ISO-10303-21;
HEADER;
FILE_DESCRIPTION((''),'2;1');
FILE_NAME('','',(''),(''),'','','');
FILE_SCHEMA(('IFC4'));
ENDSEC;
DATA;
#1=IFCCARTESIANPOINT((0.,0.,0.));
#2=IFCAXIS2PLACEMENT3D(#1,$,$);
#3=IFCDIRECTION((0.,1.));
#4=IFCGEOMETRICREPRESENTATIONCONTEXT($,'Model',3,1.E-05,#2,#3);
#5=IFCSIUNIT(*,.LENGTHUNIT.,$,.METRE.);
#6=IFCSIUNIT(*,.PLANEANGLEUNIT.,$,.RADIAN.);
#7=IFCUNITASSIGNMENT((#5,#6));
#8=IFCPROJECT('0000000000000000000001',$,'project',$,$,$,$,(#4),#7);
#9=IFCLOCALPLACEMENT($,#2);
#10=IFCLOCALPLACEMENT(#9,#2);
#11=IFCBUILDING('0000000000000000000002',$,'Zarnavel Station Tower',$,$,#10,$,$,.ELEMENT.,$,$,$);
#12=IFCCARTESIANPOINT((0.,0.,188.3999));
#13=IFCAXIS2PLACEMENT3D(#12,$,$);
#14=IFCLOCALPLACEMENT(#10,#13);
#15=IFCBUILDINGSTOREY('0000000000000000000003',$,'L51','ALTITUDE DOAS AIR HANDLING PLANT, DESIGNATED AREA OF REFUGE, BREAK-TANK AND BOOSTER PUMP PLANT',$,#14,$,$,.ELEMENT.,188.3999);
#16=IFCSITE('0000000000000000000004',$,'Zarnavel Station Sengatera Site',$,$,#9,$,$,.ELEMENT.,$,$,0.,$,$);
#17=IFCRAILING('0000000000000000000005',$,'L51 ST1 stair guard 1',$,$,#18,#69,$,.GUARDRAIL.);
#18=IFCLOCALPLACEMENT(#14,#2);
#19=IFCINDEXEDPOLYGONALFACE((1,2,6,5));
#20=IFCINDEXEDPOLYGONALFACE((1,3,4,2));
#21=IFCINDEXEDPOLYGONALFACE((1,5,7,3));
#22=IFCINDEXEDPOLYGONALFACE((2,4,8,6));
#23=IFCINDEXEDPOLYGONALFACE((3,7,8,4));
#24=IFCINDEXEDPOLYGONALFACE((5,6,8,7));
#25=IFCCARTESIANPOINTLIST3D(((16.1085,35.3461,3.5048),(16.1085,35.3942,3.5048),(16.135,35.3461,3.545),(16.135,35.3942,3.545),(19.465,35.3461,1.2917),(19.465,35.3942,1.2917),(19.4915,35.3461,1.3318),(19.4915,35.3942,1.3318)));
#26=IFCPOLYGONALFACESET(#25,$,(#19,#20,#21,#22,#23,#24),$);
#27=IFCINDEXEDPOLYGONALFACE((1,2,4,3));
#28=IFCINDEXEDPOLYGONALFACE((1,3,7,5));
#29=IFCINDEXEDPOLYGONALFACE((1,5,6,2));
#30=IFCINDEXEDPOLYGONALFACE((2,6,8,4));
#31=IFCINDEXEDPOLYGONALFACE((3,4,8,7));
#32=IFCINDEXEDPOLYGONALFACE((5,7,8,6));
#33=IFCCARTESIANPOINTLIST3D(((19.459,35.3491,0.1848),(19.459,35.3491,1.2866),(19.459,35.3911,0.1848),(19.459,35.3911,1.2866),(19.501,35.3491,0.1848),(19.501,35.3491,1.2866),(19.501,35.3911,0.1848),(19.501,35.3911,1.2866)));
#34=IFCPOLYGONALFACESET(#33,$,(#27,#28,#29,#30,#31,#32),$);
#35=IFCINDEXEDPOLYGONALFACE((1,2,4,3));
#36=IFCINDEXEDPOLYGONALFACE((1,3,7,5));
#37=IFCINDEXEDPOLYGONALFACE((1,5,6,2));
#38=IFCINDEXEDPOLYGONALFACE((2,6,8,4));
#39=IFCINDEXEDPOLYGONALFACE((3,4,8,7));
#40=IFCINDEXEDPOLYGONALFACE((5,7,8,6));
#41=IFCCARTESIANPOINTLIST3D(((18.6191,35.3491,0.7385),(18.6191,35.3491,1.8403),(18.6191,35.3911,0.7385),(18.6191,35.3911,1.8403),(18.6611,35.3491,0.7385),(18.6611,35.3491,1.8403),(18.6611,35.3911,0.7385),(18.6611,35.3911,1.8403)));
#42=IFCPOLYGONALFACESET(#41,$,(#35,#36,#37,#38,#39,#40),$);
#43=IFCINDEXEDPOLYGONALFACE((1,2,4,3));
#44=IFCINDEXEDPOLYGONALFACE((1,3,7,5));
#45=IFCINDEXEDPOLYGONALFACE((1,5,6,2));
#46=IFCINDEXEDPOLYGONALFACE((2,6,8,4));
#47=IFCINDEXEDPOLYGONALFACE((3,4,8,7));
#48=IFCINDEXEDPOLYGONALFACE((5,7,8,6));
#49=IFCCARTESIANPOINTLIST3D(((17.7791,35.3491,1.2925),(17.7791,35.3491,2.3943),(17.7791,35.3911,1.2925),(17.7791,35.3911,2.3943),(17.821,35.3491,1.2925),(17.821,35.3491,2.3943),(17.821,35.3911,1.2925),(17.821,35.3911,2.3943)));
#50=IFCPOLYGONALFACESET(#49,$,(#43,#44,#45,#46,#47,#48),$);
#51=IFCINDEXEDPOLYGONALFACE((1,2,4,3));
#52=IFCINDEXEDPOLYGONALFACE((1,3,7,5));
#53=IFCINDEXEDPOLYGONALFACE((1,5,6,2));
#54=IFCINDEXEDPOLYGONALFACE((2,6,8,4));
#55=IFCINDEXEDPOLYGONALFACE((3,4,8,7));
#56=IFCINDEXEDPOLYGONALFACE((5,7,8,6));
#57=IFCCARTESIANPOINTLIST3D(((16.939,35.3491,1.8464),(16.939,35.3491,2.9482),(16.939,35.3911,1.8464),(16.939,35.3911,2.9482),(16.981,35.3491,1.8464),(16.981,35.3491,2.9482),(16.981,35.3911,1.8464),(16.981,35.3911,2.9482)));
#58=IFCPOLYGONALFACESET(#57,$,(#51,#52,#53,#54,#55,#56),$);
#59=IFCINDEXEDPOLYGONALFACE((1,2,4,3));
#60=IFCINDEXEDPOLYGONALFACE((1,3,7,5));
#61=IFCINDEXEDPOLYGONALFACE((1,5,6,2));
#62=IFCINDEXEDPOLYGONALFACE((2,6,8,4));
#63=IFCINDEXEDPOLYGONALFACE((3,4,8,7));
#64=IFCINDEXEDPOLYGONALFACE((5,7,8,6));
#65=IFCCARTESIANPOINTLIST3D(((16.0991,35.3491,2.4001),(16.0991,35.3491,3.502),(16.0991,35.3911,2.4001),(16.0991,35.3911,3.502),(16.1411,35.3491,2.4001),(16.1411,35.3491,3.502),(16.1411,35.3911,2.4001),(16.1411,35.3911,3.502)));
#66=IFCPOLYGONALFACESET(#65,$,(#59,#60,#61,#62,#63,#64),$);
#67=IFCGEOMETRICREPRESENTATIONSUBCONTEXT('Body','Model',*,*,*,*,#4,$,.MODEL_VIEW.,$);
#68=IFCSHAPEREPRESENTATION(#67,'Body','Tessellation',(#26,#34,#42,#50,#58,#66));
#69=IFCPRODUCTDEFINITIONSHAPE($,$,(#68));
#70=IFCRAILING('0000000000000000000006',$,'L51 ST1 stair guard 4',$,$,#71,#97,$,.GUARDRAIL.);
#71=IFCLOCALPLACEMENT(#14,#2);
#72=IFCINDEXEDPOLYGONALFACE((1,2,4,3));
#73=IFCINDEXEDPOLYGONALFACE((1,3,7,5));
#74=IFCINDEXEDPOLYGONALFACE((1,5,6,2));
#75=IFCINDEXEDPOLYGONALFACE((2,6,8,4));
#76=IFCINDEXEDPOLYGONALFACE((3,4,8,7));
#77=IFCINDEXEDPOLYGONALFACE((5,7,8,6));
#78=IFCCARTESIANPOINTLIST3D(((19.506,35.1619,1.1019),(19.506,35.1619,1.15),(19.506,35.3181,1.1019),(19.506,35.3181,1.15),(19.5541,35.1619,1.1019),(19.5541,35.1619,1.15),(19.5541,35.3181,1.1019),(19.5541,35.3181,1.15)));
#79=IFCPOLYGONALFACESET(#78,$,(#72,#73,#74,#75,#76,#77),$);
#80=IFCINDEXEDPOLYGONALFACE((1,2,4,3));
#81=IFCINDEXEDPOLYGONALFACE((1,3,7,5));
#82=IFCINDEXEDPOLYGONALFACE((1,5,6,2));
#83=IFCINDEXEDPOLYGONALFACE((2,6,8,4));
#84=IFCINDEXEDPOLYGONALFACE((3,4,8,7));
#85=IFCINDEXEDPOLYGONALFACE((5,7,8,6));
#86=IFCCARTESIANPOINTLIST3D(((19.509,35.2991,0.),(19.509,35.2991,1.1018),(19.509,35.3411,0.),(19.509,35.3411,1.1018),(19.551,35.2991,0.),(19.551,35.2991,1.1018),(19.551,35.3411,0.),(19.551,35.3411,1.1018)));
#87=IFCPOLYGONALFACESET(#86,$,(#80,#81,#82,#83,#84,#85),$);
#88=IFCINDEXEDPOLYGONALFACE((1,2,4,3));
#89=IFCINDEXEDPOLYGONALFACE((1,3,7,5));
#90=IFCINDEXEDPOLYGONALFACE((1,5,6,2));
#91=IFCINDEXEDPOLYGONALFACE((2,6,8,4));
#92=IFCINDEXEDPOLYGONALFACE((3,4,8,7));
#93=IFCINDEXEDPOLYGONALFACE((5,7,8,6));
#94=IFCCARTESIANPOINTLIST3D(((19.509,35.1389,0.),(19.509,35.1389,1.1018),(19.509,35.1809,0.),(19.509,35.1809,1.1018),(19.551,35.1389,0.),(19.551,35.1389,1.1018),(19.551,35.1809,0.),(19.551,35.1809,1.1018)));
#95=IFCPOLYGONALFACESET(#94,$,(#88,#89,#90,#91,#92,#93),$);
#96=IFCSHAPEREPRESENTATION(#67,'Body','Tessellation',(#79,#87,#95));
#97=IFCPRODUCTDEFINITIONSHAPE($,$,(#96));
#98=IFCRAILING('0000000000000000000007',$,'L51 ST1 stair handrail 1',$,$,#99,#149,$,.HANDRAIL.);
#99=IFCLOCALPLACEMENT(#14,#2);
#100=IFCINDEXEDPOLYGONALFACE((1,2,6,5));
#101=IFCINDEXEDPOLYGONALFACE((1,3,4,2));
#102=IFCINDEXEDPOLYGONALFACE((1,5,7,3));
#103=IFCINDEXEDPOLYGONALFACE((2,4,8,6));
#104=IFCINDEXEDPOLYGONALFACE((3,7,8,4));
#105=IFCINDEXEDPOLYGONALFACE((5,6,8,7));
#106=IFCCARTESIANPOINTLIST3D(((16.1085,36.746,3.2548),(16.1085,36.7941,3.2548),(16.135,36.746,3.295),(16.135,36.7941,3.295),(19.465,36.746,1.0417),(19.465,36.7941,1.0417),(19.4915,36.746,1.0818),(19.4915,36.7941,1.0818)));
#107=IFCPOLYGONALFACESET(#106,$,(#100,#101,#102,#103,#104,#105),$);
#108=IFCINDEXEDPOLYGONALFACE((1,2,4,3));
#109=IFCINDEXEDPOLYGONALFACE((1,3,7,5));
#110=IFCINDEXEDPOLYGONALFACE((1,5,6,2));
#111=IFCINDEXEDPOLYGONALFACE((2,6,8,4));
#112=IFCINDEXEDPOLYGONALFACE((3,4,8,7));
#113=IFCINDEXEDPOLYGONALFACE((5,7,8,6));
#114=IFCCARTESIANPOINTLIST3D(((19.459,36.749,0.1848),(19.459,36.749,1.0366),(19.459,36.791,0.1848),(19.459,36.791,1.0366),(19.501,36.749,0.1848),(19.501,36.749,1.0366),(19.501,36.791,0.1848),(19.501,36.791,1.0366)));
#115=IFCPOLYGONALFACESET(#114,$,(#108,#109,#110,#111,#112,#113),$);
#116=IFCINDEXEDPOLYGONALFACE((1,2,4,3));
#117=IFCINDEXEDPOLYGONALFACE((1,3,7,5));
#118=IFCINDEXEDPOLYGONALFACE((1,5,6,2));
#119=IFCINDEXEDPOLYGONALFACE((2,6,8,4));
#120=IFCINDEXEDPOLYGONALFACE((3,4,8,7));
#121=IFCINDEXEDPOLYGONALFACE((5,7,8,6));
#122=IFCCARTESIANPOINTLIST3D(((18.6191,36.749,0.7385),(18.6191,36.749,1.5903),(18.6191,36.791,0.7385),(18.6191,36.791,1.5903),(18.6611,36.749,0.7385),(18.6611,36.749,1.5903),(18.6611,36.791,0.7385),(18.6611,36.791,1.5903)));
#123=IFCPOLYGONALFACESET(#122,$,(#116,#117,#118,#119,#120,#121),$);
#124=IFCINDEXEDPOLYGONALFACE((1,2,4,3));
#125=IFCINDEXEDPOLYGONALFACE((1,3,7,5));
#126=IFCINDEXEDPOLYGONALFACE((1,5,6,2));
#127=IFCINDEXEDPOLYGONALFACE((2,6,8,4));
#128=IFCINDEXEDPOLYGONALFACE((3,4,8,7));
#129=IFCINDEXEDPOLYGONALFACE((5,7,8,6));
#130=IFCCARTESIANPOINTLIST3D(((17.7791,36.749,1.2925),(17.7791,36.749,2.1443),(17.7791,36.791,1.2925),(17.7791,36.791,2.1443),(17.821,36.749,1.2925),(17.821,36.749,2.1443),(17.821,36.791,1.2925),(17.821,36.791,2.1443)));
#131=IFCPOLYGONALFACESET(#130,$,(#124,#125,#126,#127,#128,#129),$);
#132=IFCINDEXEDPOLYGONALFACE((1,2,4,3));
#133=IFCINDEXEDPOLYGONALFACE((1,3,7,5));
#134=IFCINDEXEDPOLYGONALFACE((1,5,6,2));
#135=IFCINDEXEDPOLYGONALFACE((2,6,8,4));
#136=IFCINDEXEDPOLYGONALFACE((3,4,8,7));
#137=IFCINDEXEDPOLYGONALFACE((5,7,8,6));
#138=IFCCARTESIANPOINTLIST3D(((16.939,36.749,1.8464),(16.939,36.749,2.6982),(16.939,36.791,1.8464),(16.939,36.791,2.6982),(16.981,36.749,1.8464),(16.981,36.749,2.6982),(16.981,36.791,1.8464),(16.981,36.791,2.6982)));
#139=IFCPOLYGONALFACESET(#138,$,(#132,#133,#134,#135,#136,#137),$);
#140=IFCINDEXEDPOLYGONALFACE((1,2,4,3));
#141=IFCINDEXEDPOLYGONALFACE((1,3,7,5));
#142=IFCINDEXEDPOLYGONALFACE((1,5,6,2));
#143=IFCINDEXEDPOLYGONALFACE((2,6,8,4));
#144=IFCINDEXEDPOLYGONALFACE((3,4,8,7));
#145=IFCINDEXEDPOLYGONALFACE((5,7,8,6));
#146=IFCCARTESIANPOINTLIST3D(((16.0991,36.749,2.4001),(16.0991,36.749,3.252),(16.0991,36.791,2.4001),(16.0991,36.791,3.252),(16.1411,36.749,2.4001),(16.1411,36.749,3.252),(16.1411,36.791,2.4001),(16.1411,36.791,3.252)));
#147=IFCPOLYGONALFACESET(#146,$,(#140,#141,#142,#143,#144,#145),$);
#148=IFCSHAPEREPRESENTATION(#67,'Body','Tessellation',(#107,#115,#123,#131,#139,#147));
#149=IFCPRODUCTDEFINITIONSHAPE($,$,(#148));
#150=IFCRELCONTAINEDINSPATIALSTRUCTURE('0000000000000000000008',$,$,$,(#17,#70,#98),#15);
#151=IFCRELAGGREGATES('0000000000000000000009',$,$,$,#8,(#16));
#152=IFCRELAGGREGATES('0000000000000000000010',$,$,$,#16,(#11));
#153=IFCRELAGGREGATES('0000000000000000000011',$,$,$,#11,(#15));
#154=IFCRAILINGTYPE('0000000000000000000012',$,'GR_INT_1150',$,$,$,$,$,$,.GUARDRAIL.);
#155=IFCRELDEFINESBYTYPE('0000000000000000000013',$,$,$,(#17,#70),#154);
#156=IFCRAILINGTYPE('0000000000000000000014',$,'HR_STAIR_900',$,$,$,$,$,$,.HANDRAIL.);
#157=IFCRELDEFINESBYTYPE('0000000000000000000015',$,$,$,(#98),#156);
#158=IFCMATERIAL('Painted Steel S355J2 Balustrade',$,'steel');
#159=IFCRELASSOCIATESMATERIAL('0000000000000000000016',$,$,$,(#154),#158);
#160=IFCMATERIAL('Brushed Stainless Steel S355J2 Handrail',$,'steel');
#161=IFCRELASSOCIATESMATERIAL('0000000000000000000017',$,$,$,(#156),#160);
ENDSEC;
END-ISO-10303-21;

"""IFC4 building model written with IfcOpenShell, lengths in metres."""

from ifc_helpers import new_model, si_unit, direction, frame, origin, origin_2d, place, context, subcontext, project, spatial, rectangle, extrude, material, type_object, element, save


model = new_model("IFC4")

# Units and contexts
model_context = context("Model", 3, precision=1e-05, world=origin(), true_north=direction((0.0, 1.0)))
body_context = subcontext(model_context, "Body", "Model", "MODEL_VIEW")
ifc_project = project(units=[si_unit("LENGTHUNIT", "METRE"), si_unit("PLANEANGLEUNIT", "RADIAN")], contexts=[model_context])

# Site, building, storey
site_placement = place(None, origin())
site = spatial("IfcSite", under=ifc_project, at=site_placement, Name="Zarnavel Station Sengatera Site", CompositionType="ELEMENT", RefElevation=0.0)
building_placement = place(site_placement, origin())
building = spatial("IfcBuilding", under=site, at=building_placement, Name="Zarnavel Station Tower", CompositionType="ELEMENT")
storey_placement = place(building_placement, frame((0.0, 0.0, 188.3999)))
storey = spatial("IfcBuildingStorey", under=building, at=storey_placement, Name="L51", Description="ALTITUDE DOAS AIR HANDLING PLANT, DESIGNATED AREA OF REFUGE, BREAK-TANK AND BOOSTER PUMP PLANT", CompositionType="ELEMENT", Elevation=188.3999)

# Railings
ifc_material_1 = material(Name="Painted Steel S355J2 Balustrade", Category="steel")
railing_type_1 = type_object("IfcRailingType", Name="GR_INT_1150", PredefinedType="GUARDRAIL", material=ifc_material_1)
railing_1_placement = place(storey_placement, frame((19.48, 35.3701, 0.1848)))
element("IfcRailing", 1, at=railing_1_placement, inside=storey, type_object=railing_type_1, Name="L51 ST1 stair guard 1", PredefinedType="GUARDRAIL", context=body_context, shape_type="SweptSolid", body=[
    extrude(rectangle(XDim=0.0481, YDim=0.0481, at=origin_2d()), frame((-0.0017, 0.0, 1.127), z_axis=(-0.834858, 0.0, 0.550465), x_axis=(0.0, -1.0, 0.0)), (0.0, 0.0, 1.0), 4.0205),
    extrude(rectangle(XDim=0.042, YDim=0.042, at=origin_2d()), origin(), (0.0, 0.0, 1.0), 1.1018),
    extrude(rectangle(XDim=0.042, YDim=0.042, at=origin_2d()), frame((-0.8398, 0.0, 0.5537)), (0.0, 0.0, 1.0), 1.1018),
    extrude(rectangle(XDim=0.042, YDim=0.042, at=origin_2d()), frame((-1.6799, 0.0, 1.1077)), (0.0, 0.0, 1.0), 1.1018),
    extrude(rectangle(XDim=0.042, YDim=0.042, at=origin_2d()), frame((-2.52, 0.0, 1.6616)), (0.0, 0.0, 1.0), 1.1018),
    extrude(rectangle(XDim=0.042, YDim=0.042, at=origin_2d()), frame((-3.3599, 0.0, 2.2153)), (0.0, 0.0, 1.0), 1.1018),
])
railing_2_placement = place(storey_placement, frame((19.53, 35.3201, 0.0)))
element("IfcRailing", 2, at=railing_2_placement, inside=storey, type_object=railing_type_1, Name="L51 ST1 stair guard 4", PredefinedType="GUARDRAIL", context=body_context, shape_type="SweptSolid", body=[
    extrude(rectangle(XDim=0.0481, YDim=0.0481, at=origin_2d()), frame((0.0, -0.002, 1.126), z_axis=(0.0, -1.0, 0.0), x_axis=(1.0, 0.0, 0.0)), (0.0, 0.0, 1.0), 0.1562),
    extrude(rectangle(XDim=0.042, YDim=0.042, at=origin_2d()), origin(), (0.0, 0.0, 1.0), 1.1018),
    extrude(rectangle(XDim=0.042, YDim=0.042, at=origin_2d()), frame((0.0, -0.1602, 0.0)), (0.0, 0.0, 1.0), 1.1018),
])
ifc_material_2 = material(Name="Brushed Stainless Steel S355J2 Handrail", Category="steel")
railing_type_2 = type_object("IfcRailingType", Name="HR_STAIR_900", PredefinedType="HANDRAIL", material=ifc_material_2)
railing_3_placement = place(storey_placement, frame((19.48, 36.77, 0.1848)))
element("IfcRailing", 3, at=railing_3_placement, inside=storey, type_object=railing_type_2, Name="L51 ST1 stair handrail 1", PredefinedType="HANDRAIL", context=body_context, shape_type="SweptSolid", body=[
    extrude(rectangle(XDim=0.0481, YDim=0.0481, at=origin_2d()), frame((-0.0017, 0.0, 0.877), z_axis=(-0.834858, 0.0, 0.550465), x_axis=(0.0, -1.0, 0.0)), (0.0, 0.0, 1.0), 4.0205),
    extrude(rectangle(XDim=0.042, YDim=0.042, at=origin_2d()), origin(), (0.0, 0.0, 1.0), 0.8518),
    extrude(rectangle(XDim=0.042, YDim=0.042, at=origin_2d()), frame((-0.8398, 0.0, 0.5537)), (0.0, 0.0, 1.0), 0.8518),
    extrude(rectangle(XDim=0.042, YDim=0.042, at=origin_2d()), frame((-1.6799, 0.0, 1.1077)), (0.0, 0.0, 1.0), 0.8518),
    extrude(rectangle(XDim=0.042, YDim=0.042, at=origin_2d()), frame((-2.52, 0.0, 1.6616)), (0.0, 0.0, 1.0), 0.8518),
    extrude(rectangle(XDim=0.042, YDim=0.042, at=origin_2d()), frame((-3.3599, 0.0, 2.2153)), (0.0, 0.0, 1.0), 0.8518),
])

save(model, "model.ifc")
